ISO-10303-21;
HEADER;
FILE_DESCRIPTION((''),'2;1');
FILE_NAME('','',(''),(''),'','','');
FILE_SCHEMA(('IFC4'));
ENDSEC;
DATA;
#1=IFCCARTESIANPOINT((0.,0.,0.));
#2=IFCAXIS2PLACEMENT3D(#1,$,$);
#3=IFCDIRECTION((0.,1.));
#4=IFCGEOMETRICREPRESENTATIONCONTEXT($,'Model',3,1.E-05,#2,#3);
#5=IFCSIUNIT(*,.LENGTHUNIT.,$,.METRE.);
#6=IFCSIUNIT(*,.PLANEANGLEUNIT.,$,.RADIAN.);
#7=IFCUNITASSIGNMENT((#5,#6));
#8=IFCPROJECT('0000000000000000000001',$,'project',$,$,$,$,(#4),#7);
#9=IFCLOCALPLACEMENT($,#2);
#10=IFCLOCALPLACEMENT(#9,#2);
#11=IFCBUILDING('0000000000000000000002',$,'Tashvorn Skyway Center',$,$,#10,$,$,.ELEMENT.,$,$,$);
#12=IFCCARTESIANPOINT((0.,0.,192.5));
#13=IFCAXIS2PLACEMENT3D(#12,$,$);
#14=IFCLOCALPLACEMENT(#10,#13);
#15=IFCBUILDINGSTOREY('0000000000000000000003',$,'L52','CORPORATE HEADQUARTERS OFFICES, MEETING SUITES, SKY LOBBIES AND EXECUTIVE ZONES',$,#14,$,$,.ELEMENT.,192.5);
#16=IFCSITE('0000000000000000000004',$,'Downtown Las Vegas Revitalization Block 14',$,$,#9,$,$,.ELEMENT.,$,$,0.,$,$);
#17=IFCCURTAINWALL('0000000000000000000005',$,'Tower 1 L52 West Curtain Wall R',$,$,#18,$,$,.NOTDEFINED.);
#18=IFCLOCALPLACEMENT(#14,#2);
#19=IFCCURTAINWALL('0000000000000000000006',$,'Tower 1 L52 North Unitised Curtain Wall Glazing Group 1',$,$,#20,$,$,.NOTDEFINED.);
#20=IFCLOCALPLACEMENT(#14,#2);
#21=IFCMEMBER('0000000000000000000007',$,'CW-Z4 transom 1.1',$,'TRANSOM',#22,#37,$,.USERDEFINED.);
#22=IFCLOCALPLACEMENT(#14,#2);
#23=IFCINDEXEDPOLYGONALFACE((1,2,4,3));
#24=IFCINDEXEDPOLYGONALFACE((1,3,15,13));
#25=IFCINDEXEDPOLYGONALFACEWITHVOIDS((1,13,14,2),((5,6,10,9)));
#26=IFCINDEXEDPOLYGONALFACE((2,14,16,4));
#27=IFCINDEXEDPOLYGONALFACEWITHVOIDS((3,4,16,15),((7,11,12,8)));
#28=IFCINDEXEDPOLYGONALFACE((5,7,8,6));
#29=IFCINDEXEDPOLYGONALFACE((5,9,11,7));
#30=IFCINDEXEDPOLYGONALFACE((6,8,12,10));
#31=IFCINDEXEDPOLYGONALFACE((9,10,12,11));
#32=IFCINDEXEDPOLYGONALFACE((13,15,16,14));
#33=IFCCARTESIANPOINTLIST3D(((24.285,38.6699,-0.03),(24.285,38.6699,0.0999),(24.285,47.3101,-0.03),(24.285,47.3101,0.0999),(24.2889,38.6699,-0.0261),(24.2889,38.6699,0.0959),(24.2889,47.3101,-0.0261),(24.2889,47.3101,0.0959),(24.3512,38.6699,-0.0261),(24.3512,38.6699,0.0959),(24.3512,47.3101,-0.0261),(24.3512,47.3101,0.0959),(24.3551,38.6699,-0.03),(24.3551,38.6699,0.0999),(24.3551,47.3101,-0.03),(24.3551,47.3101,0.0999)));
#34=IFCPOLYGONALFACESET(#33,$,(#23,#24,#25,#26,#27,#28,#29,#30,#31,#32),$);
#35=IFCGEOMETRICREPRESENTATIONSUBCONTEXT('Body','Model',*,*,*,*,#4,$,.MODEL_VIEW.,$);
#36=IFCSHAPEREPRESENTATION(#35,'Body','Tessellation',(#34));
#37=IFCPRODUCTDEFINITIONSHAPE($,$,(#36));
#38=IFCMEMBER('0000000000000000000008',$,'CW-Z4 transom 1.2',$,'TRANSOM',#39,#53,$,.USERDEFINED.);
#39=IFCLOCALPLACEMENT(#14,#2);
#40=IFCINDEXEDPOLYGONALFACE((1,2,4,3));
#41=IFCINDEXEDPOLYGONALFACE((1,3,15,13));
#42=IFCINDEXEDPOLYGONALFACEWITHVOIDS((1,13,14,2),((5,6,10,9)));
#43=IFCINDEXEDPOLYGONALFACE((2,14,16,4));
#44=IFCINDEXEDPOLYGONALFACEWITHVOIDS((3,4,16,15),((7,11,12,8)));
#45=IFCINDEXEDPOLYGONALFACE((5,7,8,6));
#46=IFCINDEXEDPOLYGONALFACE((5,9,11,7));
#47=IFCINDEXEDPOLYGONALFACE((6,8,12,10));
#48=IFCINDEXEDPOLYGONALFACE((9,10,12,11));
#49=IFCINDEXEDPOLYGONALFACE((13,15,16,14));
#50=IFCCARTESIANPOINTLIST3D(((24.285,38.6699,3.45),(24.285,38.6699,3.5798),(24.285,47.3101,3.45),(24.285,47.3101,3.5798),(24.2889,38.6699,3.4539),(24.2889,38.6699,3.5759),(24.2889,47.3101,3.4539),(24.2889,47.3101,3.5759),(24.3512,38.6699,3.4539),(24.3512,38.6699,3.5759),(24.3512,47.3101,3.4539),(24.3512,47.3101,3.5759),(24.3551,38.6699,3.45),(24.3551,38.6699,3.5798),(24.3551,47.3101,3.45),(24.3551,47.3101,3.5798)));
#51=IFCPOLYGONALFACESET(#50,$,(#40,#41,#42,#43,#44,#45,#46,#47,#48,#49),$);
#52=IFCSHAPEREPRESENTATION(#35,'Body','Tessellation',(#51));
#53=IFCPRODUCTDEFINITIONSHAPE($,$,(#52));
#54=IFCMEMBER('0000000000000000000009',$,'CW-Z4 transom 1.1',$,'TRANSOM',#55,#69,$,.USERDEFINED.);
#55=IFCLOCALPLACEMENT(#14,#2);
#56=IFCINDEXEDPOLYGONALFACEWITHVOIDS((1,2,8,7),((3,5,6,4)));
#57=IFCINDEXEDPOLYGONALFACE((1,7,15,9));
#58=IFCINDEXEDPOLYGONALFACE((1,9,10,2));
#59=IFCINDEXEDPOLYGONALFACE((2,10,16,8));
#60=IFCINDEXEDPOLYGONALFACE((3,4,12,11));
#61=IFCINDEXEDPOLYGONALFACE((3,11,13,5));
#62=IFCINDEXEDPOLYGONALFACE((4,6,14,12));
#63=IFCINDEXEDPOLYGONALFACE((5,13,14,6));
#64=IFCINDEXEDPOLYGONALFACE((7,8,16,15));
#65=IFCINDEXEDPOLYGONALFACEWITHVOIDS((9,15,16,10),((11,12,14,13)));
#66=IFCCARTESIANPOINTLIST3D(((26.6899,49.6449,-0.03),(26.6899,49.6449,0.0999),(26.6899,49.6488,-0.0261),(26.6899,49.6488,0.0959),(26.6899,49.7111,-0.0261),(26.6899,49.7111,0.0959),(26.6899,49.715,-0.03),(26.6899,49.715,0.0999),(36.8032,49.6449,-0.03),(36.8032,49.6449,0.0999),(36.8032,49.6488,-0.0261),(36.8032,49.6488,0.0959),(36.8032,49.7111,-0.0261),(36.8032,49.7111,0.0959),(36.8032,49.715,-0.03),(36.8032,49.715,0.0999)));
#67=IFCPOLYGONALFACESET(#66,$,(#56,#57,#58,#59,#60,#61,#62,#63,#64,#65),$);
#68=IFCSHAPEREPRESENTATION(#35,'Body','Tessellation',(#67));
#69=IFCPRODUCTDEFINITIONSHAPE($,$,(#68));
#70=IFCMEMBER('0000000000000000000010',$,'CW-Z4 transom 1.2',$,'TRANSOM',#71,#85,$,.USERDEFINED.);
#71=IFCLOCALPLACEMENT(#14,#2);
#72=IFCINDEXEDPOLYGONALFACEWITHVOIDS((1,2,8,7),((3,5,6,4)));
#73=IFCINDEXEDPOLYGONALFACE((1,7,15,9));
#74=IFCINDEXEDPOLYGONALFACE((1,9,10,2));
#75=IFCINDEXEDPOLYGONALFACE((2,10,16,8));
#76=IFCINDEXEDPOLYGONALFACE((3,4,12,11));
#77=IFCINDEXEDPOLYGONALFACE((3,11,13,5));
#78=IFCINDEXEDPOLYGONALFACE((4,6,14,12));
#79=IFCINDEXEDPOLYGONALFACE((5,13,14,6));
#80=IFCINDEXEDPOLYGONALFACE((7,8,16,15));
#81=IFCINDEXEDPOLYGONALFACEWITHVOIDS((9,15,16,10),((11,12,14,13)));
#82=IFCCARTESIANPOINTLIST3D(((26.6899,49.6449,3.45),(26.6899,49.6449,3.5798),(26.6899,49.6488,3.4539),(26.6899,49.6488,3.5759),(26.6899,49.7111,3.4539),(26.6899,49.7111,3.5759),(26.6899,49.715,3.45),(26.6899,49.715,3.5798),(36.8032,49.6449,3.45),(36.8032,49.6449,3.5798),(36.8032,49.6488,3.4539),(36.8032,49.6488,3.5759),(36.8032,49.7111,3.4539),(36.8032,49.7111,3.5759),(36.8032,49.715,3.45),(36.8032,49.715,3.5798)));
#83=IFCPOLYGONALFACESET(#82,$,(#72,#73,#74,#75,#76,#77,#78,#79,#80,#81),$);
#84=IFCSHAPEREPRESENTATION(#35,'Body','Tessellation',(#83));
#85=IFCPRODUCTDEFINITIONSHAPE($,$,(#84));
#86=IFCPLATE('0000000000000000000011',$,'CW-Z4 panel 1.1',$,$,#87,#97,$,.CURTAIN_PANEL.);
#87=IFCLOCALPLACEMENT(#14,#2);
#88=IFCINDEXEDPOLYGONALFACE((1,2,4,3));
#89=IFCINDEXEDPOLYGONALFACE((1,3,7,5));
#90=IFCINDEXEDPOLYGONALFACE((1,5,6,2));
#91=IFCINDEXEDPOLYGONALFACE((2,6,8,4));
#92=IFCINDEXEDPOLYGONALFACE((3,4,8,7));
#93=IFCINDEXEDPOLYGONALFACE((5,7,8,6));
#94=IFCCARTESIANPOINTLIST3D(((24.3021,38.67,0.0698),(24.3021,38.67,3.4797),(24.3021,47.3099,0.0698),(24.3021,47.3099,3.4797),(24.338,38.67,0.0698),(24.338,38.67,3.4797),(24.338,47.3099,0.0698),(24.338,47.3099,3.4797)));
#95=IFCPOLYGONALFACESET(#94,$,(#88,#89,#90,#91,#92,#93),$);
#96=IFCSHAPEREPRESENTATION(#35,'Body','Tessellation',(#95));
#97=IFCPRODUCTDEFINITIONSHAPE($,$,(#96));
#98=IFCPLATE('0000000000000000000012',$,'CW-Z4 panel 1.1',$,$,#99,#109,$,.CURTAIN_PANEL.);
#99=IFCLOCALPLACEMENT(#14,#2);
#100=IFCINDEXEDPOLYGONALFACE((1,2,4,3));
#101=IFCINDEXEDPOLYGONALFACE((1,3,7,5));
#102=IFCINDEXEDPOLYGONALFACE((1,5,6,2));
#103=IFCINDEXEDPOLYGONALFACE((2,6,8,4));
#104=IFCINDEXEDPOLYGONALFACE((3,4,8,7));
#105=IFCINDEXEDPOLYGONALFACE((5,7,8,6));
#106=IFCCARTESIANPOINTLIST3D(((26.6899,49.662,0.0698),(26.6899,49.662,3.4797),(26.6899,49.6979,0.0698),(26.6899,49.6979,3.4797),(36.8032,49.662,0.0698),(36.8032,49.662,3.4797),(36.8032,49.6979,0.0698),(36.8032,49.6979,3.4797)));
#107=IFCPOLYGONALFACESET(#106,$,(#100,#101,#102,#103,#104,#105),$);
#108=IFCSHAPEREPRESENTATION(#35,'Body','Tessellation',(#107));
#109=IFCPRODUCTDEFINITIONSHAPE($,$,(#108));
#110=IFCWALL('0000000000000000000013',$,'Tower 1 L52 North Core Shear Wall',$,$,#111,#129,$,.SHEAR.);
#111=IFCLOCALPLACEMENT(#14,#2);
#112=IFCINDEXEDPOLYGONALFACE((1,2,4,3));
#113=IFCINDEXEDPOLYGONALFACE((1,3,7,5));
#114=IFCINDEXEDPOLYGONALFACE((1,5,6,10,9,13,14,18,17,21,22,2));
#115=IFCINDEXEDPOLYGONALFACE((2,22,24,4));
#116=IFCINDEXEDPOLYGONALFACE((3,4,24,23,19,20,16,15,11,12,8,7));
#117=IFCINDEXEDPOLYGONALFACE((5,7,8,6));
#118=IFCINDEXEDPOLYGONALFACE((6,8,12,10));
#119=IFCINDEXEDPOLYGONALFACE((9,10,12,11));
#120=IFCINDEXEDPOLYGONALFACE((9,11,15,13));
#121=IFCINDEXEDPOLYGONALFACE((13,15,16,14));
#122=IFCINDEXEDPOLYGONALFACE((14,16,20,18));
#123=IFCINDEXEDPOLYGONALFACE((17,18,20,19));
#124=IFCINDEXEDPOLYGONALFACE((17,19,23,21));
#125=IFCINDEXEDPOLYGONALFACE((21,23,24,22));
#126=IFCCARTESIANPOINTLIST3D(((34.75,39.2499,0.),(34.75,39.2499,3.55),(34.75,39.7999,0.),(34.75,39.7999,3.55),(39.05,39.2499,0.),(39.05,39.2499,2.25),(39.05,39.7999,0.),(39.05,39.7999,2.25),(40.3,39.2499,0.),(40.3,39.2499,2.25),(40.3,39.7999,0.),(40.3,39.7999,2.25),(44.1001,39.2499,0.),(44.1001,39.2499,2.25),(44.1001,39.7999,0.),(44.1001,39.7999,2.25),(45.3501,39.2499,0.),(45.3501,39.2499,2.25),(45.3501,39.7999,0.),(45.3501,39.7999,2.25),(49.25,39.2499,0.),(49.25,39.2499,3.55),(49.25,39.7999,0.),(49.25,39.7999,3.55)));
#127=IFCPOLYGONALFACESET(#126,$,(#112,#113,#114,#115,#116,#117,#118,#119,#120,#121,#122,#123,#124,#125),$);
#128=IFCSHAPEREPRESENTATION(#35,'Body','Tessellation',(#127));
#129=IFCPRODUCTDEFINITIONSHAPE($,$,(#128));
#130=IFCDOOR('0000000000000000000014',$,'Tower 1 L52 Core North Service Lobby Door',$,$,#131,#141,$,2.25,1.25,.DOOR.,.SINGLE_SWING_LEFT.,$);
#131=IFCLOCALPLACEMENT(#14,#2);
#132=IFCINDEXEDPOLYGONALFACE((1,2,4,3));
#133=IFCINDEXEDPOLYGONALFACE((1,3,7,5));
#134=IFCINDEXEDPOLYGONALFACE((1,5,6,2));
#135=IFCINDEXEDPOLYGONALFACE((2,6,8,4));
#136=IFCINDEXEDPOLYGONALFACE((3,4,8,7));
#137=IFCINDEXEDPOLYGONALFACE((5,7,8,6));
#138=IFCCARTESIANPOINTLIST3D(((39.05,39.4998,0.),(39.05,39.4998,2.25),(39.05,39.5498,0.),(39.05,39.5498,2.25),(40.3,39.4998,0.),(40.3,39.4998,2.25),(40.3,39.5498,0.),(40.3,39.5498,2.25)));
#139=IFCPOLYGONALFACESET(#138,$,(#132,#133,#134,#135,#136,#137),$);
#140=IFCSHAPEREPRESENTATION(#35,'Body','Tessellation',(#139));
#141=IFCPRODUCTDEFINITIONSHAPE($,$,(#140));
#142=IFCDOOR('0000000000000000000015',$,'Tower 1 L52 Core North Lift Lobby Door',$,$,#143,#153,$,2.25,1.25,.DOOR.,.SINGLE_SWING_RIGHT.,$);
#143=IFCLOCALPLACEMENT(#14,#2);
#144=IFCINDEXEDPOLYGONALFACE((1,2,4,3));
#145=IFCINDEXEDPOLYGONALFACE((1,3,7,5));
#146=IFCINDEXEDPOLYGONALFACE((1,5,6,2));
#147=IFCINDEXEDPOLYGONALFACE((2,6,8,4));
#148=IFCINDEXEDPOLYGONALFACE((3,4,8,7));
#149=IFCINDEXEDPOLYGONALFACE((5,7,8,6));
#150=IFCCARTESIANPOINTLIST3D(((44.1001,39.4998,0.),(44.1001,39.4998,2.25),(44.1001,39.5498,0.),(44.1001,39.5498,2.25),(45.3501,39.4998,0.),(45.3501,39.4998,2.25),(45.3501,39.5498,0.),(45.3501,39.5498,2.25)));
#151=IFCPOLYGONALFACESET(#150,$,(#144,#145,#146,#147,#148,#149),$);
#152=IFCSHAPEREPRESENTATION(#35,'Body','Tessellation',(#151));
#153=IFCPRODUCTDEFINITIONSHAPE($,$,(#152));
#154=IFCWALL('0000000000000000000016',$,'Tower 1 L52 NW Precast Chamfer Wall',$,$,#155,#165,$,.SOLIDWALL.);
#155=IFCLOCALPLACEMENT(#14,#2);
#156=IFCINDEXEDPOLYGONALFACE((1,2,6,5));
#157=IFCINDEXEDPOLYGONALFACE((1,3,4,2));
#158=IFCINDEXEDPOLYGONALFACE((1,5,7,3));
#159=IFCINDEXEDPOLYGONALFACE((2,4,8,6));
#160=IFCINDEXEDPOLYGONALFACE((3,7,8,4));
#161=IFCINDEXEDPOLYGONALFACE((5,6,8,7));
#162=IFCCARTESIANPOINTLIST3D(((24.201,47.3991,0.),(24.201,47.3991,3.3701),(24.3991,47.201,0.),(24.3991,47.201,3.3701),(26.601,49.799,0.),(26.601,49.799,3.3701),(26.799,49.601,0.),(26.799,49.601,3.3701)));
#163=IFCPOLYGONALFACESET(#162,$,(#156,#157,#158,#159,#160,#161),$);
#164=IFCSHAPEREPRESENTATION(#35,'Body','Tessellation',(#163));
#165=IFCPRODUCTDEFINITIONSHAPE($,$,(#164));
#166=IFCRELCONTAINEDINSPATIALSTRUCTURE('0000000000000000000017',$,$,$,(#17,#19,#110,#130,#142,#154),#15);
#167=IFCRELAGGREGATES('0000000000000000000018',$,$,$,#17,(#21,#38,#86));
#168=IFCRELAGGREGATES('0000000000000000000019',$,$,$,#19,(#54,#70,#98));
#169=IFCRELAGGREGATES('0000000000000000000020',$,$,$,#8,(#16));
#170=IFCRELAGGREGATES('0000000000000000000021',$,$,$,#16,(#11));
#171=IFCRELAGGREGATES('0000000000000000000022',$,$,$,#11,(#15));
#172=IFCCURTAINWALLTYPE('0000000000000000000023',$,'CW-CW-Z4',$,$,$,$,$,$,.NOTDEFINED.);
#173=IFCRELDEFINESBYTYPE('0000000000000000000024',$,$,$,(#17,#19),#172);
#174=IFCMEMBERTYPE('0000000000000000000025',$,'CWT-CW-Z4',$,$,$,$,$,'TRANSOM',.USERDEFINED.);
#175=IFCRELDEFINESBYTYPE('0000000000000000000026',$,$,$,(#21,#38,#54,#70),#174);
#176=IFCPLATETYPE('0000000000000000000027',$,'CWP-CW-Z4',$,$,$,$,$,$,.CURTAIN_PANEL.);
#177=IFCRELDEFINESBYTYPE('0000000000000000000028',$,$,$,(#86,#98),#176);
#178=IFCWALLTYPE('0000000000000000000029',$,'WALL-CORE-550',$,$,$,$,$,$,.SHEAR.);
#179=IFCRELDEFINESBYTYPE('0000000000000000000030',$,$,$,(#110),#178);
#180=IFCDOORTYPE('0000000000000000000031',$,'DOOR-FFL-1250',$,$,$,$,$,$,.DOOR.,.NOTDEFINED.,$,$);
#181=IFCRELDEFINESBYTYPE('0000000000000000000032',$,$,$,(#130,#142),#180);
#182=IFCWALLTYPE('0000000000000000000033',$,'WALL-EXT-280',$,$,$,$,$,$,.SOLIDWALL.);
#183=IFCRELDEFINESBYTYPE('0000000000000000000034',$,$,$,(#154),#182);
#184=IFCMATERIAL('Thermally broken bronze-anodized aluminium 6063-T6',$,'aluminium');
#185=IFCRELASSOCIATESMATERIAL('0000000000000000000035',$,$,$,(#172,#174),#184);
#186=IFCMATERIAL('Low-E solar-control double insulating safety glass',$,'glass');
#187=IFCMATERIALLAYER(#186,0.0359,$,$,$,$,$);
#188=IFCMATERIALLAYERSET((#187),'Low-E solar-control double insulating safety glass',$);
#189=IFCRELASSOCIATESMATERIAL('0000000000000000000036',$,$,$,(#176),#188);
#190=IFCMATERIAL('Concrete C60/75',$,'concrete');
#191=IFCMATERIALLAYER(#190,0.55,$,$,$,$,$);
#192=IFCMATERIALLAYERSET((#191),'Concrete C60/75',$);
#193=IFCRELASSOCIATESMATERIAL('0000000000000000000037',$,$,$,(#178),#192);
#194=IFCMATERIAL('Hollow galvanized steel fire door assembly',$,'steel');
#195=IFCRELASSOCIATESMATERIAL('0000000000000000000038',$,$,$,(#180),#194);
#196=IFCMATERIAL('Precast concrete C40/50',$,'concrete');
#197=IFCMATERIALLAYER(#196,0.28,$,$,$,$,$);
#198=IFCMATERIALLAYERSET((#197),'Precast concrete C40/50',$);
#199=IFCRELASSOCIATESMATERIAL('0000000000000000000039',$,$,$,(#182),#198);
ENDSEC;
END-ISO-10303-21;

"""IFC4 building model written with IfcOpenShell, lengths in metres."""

from ifc_helpers import new_model, si_unit, direction, frame, frame_2d, origin, origin_2d, place, context, subcontext, project, spatial, rectangle, hollow_rectangle, extrude, material, layer, layer_set, material_profile, profile_set, type_object, element, fill, aggregate, save


model = new_model("IFC4")

# Units and contexts
model_context = context("Model", 3, precision=1e-05, world=origin(), true_north=direction((0.0, 1.0)))
body_context = subcontext(model_context, "Body", "Model", "MODEL_VIEW")
ifc_project = project(units=[si_unit("LENGTHUNIT", "METRE"), si_unit("PLANEANGLEUNIT", "RADIAN")], contexts=[model_context])

# Site, building, storey
site_placement = place(None, origin())
site = spatial("IfcSite", under=ifc_project, at=site_placement, Name="Downtown Las Vegas Revitalization Block 14", CompositionType="ELEMENT", RefElevation=0.0)
building_placement = place(site_placement, origin())
building = spatial("IfcBuilding", under=site, at=building_placement, Name="Tashvorn Skyway Center", CompositionType="ELEMENT")
storey_placement = place(building_placement, frame((0.0, 0.0, 192.5)))
storey = spatial("IfcBuildingStorey", under=building, at=storey_placement, Name="L52", Description="CORPORATE HEADQUARTERS OFFICES, MEETING SUITES, SKY LOBBIES AND EXECUTIVE ZONES", CompositionType="ELEMENT", Elevation=192.5)

# Curtain wall
ifc_material_1 = material(Name="Thermally broken bronze-anodized aluminium 6063-T6", Category="aluminium")
curtain_wall_type = type_object("IfcCurtainWallType", Name="CW-CW-Z4", PredefinedType="NOTDEFINED", material=ifc_material_1)
curtain_wall_1_placement = place(storey_placement, origin())
curtain_wall_1 = element("IfcCurtainWall", 1, at=curtain_wall_1_placement, inside=storey, type_object=curtain_wall_type, Name="Tower 1 L52 West Curtain Wall R", PredefinedType="NOTDEFINED")

# Curtain wall
curtain_wall_2_placement = place(storey_placement, origin())
curtain_wall_2 = element("IfcCurtainWall", 2, at=curtain_wall_2_placement, inside=storey, type_object=curtain_wall_type, Name="Tower 1 L52 North Unitised Curtain Wall Glazing Group 1", PredefinedType="NOTDEFINED")

# Members
ifc_material_profile_1 = material_profile(ifc_material_1, hollow_rectangle(XDim=0.0701, YDim=0.1299, WallThickness=0.0039, at=origin_2d()), Name="ALU-TRAN-70x130")
ifc_profile_set_1 = profile_set([ifc_material_profile_1], Name="Thermally broken bronze-anodized aluminium 6063-T6")
member_type_1 = type_object("IfcMemberType", Name="CWT-CW-Z4", ElementType="TRANSOM", PredefinedType="USERDEFINED", material=ifc_profile_set_1)
member_1_placement = place(storey_placement, frame((24.3201, 38.6699, 0.0349), z_axis=(0.0, 1.0, 0.0), x_axis=(-1.0, 0.0, 0.0)))
member_1 = element("IfcMember", 3, at=member_1_placement, type_object=member_type_1, Name="CW-Z4 transom 1.1", ObjectType="TRANSOM", PredefinedType="USERDEFINED", context=body_context, shape_type="SweptSolid", body=[
    extrude(hollow_rectangle(XDim=0.0701, YDim=0.1299, WallThickness=0.0039, at=origin_2d()), origin(), (0.0, 0.0, 1.0), 8.6401),
])
member_2_placement = place(storey_placement, frame((24.3201, 38.6699, 3.5149), z_axis=(0.0, 1.0, 0.0), x_axis=(-1.0, 0.0, 0.0)))
member_2 = element("IfcMember", 4, at=member_2_placement, type_object=member_type_1, Name="CW-Z4 transom 1.2", ObjectType="TRANSOM", PredefinedType="USERDEFINED", context=body_context, shape_type="SweptSolid", body=[
    extrude(hollow_rectangle(XDim=0.0701, YDim=0.1299, WallThickness=0.0039, at=origin_2d()), origin(), (0.0, 0.0, 1.0), 8.6401),
])
member_3_placement = place(storey_placement, frame((26.6899, 49.6799, 0.0349), z_axis=(1.0, 0.0, 0.0), x_axis=(0.0, 1.0, 0.0)))
member_3 = element("IfcMember", 5, at=member_3_placement, type_object=member_type_1, Name="CW-Z4 transom 1.1", ObjectType="TRANSOM", PredefinedType="USERDEFINED", context=body_context, shape_type="SweptSolid", body=[
    extrude(hollow_rectangle(XDim=0.0701, YDim=0.1299, WallThickness=0.0039, at=origin_2d()), origin(), (0.0, 0.0, 1.0), 10.1133),
])
member_4_placement = place(storey_placement, frame((26.6899, 49.6799, 3.5149), z_axis=(1.0, 0.0, 0.0), x_axis=(0.0, 1.0, 0.0)))
member_4 = element("IfcMember", 6, at=member_4_placement, type_object=member_type_1, Name="CW-Z4 transom 1.2", ObjectType="TRANSOM", PredefinedType="USERDEFINED", context=body_context, shape_type="SweptSolid", body=[
    extrude(hollow_rectangle(XDim=0.0701, YDim=0.1299, WallThickness=0.0039, at=origin_2d()), origin(), (0.0, 0.0, 1.0), 10.1133),
])

# Plates
ifc_material_2 = material(Name="Low-E solar-control double insulating safety glass", Category="glass")
ifc_layer_1 = layer(ifc_material_2, 0.0359)
ifc_layer_set_1 = layer_set([ifc_layer_1], Name="Low-E solar-control double insulating safety glass")
plate_type = type_object("IfcPlateType", Name="CWP-CW-Z4", PredefinedType="CURTAIN_PANEL", material=ifc_layer_set_1)
plate_1_placement = place(storey_placement, frame((24.3201, 42.99, 0.0698), z_axis=(0.0, 0.0, 1.0), x_axis=(0.0, 1.0, 0.0)))
plate_1 = element("IfcPlate", 7, at=plate_1_placement, type_object=plate_type, Name="CW-Z4 panel 1.1", PredefinedType="CURTAIN_PANEL", context=body_context, shape_type="SweptSolid", body=[
    extrude(rectangle(XDim=8.6399, YDim=0.0359, at=origin_2d()), origin(), (0.0, 0.0, 1.0), 3.4099),
])
aggregate(curtain_wall_1, [member_1, member_2, plate_1])
plate_2_placement = place(storey_placement, frame((31.7466, 49.6799, 0.0698), z_axis=(0.0, 0.0, 1.0), x_axis=(1.0, 0.0, 0.0)))
plate_2 = element("IfcPlate", 8, at=plate_2_placement, type_object=plate_type, Name="CW-Z4 panel 1.1", PredefinedType="CURTAIN_PANEL", context=body_context, shape_type="SweptSolid", body=[
    extrude(rectangle(XDim=10.1133, YDim=0.0359, at=origin_2d()), origin(), (0.0, 0.0, 1.0), 3.4099),
])
aggregate(curtain_wall_2, [member_3, member_4, plate_2])

# Wall, openings, doors
ifc_material_3 = material(Name="Concrete C60/75", Category="concrete")
ifc_layer_2 = layer(ifc_material_3, 0.55)
ifc_layer_set_2 = layer_set([ifc_layer_2], Name="Concrete C60/75")
wall_type_1 = type_object("IfcWallType", Name="WALL-CORE-550", PredefinedType="SHEAR", material=ifc_layer_set_2)
wall_1_placement = place(storey_placement, frame((34.75, 39.5249, 0.0), z_axis=(0.0, 0.0, 1.0), x_axis=(1.0, 0.0, 0.0)))
wall_1 = element("IfcWall", 9, at=wall_1_placement, inside=storey, type_object=wall_type_1, Name="Tower 1 L52 North Core Shear Wall", PredefinedType="SHEAR", context=body_context, shape_type="SweptSolid", body=[
    extrude(rectangle(XDim=14.5, YDim=0.55, at=frame_2d((7.25, 0.0))), origin(), (0.0, 0.0, 1.0), 3.55),
])
opening_1_placement = place(wall_1_placement, frame((4.3, 0.0, 0.0)))
opening_1 = element("IfcOpeningElement", 10, at=opening_1_placement, cuts=wall_1, PredefinedType="OPENING", context=body_context, shape_type="SweptSolid", body=[
    extrude(rectangle(XDim=1.25, YDim=2.25, at=frame_2d((0.625, 1.125))), frame((0.0, 0.2849, 0.0), z_axis=(0.0, -1.0, 0.0), x_axis=(1.0, 0.0, 0.0)), (0.0, 0.0, 1.0), 0.5701),
])
opening_2_placement = place(wall_1_placement, frame((9.3501, 0.0, 0.0)))
opening_2 = element("IfcOpeningElement", 11, at=opening_2_placement, cuts=wall_1, PredefinedType="OPENING", context=body_context, shape_type="SweptSolid", body=[
    extrude(rectangle(XDim=1.25, YDim=2.25, at=frame_2d((0.625, 1.125))), frame((0.0, 0.2849, 0.0), z_axis=(0.0, -1.0, 0.0), x_axis=(1.0, 0.0, 0.0)), (0.0, 0.0, 1.0), 0.5701),
])
ifc_material_4 = material(Name="Hollow galvanized steel fire door assembly", Category="steel")
door_type_1 = type_object("IfcDoorType", Name="DOOR-FFL-1250", OperationType="NOTDEFINED", PredefinedType="DOOR", material=ifc_material_4)
door_1_placement = place(opening_1_placement, origin())
door_1 = element("IfcDoor", 12, at=door_1_placement, inside=storey, type_object=door_type_1, Name="Tower 1 L52 Core North Service Lobby Door", OperationType="SINGLE_SWING_LEFT", OverallHeight=2.25, OverallWidth=1.25, PredefinedType="DOOR", context=body_context, shape_type="SweptSolid", body=[
    extrude(rectangle(XDim=1.25, YDim=2.25, at=frame_2d((0.625, 1.125))), frame((0.0, 0.0249, 0.0), z_axis=(0.0, -1.0, 0.0), x_axis=(1.0, 0.0, 0.0)), (0.0, 0.0, 1.0), 0.05),
])
fill(opening_1, door_1)
door_2_placement = place(opening_2_placement, origin())
door_2 = element("IfcDoor", 13, at=door_2_placement, inside=storey, type_object=door_type_1, Name="Tower 1 L52 Core North Lift Lobby Door", OperationType="SINGLE_SWING_RIGHT", OverallHeight=2.25, OverallWidth=1.25, PredefinedType="DOOR", context=body_context, shape_type="SweptSolid", body=[
    extrude(rectangle(XDim=1.25, YDim=2.25, at=frame_2d((0.625, 1.125))), frame((0.0, 0.0249, 0.0), z_axis=(0.0, -1.0, 0.0), x_axis=(1.0, 0.0, 0.0)), (0.0, 0.0, 1.0), 0.05),
])
fill(opening_2, door_2)

# Wall
ifc_material_5 = material(Name="Precast concrete C40/50", Category="concrete")
ifc_layer_3 = layer(ifc_material_5, 0.28)
ifc_layer_set_3 = layer_set([ifc_layer_3], Name="Precast concrete C40/50")
wall_type_2 = type_object("IfcWallType", Name="WALL-EXT-280", PredefinedType="SOLIDWALL", material=ifc_layer_set_3)
wall_2_placement = place(storey_placement, frame((24.3, 47.3, 0.0), z_axis=(0.0, 0.0, 1.0), x_axis=(0.707107, 0.707107, 0.0)))
element("IfcWall", 14, at=wall_2_placement, inside=storey, type_object=wall_type_2, Name="Tower 1 L52 NW Precast Chamfer Wall", PredefinedType="SOLIDWALL", context=body_context, shape_type="SweptSolid", body=[
    extrude(rectangle(XDim=3.394, YDim=0.28, at=frame_2d((1.697, 0.0))), origin(), (0.0, 0.0, 1.0), 3.3701),
])

save(model, "model.ifc")
